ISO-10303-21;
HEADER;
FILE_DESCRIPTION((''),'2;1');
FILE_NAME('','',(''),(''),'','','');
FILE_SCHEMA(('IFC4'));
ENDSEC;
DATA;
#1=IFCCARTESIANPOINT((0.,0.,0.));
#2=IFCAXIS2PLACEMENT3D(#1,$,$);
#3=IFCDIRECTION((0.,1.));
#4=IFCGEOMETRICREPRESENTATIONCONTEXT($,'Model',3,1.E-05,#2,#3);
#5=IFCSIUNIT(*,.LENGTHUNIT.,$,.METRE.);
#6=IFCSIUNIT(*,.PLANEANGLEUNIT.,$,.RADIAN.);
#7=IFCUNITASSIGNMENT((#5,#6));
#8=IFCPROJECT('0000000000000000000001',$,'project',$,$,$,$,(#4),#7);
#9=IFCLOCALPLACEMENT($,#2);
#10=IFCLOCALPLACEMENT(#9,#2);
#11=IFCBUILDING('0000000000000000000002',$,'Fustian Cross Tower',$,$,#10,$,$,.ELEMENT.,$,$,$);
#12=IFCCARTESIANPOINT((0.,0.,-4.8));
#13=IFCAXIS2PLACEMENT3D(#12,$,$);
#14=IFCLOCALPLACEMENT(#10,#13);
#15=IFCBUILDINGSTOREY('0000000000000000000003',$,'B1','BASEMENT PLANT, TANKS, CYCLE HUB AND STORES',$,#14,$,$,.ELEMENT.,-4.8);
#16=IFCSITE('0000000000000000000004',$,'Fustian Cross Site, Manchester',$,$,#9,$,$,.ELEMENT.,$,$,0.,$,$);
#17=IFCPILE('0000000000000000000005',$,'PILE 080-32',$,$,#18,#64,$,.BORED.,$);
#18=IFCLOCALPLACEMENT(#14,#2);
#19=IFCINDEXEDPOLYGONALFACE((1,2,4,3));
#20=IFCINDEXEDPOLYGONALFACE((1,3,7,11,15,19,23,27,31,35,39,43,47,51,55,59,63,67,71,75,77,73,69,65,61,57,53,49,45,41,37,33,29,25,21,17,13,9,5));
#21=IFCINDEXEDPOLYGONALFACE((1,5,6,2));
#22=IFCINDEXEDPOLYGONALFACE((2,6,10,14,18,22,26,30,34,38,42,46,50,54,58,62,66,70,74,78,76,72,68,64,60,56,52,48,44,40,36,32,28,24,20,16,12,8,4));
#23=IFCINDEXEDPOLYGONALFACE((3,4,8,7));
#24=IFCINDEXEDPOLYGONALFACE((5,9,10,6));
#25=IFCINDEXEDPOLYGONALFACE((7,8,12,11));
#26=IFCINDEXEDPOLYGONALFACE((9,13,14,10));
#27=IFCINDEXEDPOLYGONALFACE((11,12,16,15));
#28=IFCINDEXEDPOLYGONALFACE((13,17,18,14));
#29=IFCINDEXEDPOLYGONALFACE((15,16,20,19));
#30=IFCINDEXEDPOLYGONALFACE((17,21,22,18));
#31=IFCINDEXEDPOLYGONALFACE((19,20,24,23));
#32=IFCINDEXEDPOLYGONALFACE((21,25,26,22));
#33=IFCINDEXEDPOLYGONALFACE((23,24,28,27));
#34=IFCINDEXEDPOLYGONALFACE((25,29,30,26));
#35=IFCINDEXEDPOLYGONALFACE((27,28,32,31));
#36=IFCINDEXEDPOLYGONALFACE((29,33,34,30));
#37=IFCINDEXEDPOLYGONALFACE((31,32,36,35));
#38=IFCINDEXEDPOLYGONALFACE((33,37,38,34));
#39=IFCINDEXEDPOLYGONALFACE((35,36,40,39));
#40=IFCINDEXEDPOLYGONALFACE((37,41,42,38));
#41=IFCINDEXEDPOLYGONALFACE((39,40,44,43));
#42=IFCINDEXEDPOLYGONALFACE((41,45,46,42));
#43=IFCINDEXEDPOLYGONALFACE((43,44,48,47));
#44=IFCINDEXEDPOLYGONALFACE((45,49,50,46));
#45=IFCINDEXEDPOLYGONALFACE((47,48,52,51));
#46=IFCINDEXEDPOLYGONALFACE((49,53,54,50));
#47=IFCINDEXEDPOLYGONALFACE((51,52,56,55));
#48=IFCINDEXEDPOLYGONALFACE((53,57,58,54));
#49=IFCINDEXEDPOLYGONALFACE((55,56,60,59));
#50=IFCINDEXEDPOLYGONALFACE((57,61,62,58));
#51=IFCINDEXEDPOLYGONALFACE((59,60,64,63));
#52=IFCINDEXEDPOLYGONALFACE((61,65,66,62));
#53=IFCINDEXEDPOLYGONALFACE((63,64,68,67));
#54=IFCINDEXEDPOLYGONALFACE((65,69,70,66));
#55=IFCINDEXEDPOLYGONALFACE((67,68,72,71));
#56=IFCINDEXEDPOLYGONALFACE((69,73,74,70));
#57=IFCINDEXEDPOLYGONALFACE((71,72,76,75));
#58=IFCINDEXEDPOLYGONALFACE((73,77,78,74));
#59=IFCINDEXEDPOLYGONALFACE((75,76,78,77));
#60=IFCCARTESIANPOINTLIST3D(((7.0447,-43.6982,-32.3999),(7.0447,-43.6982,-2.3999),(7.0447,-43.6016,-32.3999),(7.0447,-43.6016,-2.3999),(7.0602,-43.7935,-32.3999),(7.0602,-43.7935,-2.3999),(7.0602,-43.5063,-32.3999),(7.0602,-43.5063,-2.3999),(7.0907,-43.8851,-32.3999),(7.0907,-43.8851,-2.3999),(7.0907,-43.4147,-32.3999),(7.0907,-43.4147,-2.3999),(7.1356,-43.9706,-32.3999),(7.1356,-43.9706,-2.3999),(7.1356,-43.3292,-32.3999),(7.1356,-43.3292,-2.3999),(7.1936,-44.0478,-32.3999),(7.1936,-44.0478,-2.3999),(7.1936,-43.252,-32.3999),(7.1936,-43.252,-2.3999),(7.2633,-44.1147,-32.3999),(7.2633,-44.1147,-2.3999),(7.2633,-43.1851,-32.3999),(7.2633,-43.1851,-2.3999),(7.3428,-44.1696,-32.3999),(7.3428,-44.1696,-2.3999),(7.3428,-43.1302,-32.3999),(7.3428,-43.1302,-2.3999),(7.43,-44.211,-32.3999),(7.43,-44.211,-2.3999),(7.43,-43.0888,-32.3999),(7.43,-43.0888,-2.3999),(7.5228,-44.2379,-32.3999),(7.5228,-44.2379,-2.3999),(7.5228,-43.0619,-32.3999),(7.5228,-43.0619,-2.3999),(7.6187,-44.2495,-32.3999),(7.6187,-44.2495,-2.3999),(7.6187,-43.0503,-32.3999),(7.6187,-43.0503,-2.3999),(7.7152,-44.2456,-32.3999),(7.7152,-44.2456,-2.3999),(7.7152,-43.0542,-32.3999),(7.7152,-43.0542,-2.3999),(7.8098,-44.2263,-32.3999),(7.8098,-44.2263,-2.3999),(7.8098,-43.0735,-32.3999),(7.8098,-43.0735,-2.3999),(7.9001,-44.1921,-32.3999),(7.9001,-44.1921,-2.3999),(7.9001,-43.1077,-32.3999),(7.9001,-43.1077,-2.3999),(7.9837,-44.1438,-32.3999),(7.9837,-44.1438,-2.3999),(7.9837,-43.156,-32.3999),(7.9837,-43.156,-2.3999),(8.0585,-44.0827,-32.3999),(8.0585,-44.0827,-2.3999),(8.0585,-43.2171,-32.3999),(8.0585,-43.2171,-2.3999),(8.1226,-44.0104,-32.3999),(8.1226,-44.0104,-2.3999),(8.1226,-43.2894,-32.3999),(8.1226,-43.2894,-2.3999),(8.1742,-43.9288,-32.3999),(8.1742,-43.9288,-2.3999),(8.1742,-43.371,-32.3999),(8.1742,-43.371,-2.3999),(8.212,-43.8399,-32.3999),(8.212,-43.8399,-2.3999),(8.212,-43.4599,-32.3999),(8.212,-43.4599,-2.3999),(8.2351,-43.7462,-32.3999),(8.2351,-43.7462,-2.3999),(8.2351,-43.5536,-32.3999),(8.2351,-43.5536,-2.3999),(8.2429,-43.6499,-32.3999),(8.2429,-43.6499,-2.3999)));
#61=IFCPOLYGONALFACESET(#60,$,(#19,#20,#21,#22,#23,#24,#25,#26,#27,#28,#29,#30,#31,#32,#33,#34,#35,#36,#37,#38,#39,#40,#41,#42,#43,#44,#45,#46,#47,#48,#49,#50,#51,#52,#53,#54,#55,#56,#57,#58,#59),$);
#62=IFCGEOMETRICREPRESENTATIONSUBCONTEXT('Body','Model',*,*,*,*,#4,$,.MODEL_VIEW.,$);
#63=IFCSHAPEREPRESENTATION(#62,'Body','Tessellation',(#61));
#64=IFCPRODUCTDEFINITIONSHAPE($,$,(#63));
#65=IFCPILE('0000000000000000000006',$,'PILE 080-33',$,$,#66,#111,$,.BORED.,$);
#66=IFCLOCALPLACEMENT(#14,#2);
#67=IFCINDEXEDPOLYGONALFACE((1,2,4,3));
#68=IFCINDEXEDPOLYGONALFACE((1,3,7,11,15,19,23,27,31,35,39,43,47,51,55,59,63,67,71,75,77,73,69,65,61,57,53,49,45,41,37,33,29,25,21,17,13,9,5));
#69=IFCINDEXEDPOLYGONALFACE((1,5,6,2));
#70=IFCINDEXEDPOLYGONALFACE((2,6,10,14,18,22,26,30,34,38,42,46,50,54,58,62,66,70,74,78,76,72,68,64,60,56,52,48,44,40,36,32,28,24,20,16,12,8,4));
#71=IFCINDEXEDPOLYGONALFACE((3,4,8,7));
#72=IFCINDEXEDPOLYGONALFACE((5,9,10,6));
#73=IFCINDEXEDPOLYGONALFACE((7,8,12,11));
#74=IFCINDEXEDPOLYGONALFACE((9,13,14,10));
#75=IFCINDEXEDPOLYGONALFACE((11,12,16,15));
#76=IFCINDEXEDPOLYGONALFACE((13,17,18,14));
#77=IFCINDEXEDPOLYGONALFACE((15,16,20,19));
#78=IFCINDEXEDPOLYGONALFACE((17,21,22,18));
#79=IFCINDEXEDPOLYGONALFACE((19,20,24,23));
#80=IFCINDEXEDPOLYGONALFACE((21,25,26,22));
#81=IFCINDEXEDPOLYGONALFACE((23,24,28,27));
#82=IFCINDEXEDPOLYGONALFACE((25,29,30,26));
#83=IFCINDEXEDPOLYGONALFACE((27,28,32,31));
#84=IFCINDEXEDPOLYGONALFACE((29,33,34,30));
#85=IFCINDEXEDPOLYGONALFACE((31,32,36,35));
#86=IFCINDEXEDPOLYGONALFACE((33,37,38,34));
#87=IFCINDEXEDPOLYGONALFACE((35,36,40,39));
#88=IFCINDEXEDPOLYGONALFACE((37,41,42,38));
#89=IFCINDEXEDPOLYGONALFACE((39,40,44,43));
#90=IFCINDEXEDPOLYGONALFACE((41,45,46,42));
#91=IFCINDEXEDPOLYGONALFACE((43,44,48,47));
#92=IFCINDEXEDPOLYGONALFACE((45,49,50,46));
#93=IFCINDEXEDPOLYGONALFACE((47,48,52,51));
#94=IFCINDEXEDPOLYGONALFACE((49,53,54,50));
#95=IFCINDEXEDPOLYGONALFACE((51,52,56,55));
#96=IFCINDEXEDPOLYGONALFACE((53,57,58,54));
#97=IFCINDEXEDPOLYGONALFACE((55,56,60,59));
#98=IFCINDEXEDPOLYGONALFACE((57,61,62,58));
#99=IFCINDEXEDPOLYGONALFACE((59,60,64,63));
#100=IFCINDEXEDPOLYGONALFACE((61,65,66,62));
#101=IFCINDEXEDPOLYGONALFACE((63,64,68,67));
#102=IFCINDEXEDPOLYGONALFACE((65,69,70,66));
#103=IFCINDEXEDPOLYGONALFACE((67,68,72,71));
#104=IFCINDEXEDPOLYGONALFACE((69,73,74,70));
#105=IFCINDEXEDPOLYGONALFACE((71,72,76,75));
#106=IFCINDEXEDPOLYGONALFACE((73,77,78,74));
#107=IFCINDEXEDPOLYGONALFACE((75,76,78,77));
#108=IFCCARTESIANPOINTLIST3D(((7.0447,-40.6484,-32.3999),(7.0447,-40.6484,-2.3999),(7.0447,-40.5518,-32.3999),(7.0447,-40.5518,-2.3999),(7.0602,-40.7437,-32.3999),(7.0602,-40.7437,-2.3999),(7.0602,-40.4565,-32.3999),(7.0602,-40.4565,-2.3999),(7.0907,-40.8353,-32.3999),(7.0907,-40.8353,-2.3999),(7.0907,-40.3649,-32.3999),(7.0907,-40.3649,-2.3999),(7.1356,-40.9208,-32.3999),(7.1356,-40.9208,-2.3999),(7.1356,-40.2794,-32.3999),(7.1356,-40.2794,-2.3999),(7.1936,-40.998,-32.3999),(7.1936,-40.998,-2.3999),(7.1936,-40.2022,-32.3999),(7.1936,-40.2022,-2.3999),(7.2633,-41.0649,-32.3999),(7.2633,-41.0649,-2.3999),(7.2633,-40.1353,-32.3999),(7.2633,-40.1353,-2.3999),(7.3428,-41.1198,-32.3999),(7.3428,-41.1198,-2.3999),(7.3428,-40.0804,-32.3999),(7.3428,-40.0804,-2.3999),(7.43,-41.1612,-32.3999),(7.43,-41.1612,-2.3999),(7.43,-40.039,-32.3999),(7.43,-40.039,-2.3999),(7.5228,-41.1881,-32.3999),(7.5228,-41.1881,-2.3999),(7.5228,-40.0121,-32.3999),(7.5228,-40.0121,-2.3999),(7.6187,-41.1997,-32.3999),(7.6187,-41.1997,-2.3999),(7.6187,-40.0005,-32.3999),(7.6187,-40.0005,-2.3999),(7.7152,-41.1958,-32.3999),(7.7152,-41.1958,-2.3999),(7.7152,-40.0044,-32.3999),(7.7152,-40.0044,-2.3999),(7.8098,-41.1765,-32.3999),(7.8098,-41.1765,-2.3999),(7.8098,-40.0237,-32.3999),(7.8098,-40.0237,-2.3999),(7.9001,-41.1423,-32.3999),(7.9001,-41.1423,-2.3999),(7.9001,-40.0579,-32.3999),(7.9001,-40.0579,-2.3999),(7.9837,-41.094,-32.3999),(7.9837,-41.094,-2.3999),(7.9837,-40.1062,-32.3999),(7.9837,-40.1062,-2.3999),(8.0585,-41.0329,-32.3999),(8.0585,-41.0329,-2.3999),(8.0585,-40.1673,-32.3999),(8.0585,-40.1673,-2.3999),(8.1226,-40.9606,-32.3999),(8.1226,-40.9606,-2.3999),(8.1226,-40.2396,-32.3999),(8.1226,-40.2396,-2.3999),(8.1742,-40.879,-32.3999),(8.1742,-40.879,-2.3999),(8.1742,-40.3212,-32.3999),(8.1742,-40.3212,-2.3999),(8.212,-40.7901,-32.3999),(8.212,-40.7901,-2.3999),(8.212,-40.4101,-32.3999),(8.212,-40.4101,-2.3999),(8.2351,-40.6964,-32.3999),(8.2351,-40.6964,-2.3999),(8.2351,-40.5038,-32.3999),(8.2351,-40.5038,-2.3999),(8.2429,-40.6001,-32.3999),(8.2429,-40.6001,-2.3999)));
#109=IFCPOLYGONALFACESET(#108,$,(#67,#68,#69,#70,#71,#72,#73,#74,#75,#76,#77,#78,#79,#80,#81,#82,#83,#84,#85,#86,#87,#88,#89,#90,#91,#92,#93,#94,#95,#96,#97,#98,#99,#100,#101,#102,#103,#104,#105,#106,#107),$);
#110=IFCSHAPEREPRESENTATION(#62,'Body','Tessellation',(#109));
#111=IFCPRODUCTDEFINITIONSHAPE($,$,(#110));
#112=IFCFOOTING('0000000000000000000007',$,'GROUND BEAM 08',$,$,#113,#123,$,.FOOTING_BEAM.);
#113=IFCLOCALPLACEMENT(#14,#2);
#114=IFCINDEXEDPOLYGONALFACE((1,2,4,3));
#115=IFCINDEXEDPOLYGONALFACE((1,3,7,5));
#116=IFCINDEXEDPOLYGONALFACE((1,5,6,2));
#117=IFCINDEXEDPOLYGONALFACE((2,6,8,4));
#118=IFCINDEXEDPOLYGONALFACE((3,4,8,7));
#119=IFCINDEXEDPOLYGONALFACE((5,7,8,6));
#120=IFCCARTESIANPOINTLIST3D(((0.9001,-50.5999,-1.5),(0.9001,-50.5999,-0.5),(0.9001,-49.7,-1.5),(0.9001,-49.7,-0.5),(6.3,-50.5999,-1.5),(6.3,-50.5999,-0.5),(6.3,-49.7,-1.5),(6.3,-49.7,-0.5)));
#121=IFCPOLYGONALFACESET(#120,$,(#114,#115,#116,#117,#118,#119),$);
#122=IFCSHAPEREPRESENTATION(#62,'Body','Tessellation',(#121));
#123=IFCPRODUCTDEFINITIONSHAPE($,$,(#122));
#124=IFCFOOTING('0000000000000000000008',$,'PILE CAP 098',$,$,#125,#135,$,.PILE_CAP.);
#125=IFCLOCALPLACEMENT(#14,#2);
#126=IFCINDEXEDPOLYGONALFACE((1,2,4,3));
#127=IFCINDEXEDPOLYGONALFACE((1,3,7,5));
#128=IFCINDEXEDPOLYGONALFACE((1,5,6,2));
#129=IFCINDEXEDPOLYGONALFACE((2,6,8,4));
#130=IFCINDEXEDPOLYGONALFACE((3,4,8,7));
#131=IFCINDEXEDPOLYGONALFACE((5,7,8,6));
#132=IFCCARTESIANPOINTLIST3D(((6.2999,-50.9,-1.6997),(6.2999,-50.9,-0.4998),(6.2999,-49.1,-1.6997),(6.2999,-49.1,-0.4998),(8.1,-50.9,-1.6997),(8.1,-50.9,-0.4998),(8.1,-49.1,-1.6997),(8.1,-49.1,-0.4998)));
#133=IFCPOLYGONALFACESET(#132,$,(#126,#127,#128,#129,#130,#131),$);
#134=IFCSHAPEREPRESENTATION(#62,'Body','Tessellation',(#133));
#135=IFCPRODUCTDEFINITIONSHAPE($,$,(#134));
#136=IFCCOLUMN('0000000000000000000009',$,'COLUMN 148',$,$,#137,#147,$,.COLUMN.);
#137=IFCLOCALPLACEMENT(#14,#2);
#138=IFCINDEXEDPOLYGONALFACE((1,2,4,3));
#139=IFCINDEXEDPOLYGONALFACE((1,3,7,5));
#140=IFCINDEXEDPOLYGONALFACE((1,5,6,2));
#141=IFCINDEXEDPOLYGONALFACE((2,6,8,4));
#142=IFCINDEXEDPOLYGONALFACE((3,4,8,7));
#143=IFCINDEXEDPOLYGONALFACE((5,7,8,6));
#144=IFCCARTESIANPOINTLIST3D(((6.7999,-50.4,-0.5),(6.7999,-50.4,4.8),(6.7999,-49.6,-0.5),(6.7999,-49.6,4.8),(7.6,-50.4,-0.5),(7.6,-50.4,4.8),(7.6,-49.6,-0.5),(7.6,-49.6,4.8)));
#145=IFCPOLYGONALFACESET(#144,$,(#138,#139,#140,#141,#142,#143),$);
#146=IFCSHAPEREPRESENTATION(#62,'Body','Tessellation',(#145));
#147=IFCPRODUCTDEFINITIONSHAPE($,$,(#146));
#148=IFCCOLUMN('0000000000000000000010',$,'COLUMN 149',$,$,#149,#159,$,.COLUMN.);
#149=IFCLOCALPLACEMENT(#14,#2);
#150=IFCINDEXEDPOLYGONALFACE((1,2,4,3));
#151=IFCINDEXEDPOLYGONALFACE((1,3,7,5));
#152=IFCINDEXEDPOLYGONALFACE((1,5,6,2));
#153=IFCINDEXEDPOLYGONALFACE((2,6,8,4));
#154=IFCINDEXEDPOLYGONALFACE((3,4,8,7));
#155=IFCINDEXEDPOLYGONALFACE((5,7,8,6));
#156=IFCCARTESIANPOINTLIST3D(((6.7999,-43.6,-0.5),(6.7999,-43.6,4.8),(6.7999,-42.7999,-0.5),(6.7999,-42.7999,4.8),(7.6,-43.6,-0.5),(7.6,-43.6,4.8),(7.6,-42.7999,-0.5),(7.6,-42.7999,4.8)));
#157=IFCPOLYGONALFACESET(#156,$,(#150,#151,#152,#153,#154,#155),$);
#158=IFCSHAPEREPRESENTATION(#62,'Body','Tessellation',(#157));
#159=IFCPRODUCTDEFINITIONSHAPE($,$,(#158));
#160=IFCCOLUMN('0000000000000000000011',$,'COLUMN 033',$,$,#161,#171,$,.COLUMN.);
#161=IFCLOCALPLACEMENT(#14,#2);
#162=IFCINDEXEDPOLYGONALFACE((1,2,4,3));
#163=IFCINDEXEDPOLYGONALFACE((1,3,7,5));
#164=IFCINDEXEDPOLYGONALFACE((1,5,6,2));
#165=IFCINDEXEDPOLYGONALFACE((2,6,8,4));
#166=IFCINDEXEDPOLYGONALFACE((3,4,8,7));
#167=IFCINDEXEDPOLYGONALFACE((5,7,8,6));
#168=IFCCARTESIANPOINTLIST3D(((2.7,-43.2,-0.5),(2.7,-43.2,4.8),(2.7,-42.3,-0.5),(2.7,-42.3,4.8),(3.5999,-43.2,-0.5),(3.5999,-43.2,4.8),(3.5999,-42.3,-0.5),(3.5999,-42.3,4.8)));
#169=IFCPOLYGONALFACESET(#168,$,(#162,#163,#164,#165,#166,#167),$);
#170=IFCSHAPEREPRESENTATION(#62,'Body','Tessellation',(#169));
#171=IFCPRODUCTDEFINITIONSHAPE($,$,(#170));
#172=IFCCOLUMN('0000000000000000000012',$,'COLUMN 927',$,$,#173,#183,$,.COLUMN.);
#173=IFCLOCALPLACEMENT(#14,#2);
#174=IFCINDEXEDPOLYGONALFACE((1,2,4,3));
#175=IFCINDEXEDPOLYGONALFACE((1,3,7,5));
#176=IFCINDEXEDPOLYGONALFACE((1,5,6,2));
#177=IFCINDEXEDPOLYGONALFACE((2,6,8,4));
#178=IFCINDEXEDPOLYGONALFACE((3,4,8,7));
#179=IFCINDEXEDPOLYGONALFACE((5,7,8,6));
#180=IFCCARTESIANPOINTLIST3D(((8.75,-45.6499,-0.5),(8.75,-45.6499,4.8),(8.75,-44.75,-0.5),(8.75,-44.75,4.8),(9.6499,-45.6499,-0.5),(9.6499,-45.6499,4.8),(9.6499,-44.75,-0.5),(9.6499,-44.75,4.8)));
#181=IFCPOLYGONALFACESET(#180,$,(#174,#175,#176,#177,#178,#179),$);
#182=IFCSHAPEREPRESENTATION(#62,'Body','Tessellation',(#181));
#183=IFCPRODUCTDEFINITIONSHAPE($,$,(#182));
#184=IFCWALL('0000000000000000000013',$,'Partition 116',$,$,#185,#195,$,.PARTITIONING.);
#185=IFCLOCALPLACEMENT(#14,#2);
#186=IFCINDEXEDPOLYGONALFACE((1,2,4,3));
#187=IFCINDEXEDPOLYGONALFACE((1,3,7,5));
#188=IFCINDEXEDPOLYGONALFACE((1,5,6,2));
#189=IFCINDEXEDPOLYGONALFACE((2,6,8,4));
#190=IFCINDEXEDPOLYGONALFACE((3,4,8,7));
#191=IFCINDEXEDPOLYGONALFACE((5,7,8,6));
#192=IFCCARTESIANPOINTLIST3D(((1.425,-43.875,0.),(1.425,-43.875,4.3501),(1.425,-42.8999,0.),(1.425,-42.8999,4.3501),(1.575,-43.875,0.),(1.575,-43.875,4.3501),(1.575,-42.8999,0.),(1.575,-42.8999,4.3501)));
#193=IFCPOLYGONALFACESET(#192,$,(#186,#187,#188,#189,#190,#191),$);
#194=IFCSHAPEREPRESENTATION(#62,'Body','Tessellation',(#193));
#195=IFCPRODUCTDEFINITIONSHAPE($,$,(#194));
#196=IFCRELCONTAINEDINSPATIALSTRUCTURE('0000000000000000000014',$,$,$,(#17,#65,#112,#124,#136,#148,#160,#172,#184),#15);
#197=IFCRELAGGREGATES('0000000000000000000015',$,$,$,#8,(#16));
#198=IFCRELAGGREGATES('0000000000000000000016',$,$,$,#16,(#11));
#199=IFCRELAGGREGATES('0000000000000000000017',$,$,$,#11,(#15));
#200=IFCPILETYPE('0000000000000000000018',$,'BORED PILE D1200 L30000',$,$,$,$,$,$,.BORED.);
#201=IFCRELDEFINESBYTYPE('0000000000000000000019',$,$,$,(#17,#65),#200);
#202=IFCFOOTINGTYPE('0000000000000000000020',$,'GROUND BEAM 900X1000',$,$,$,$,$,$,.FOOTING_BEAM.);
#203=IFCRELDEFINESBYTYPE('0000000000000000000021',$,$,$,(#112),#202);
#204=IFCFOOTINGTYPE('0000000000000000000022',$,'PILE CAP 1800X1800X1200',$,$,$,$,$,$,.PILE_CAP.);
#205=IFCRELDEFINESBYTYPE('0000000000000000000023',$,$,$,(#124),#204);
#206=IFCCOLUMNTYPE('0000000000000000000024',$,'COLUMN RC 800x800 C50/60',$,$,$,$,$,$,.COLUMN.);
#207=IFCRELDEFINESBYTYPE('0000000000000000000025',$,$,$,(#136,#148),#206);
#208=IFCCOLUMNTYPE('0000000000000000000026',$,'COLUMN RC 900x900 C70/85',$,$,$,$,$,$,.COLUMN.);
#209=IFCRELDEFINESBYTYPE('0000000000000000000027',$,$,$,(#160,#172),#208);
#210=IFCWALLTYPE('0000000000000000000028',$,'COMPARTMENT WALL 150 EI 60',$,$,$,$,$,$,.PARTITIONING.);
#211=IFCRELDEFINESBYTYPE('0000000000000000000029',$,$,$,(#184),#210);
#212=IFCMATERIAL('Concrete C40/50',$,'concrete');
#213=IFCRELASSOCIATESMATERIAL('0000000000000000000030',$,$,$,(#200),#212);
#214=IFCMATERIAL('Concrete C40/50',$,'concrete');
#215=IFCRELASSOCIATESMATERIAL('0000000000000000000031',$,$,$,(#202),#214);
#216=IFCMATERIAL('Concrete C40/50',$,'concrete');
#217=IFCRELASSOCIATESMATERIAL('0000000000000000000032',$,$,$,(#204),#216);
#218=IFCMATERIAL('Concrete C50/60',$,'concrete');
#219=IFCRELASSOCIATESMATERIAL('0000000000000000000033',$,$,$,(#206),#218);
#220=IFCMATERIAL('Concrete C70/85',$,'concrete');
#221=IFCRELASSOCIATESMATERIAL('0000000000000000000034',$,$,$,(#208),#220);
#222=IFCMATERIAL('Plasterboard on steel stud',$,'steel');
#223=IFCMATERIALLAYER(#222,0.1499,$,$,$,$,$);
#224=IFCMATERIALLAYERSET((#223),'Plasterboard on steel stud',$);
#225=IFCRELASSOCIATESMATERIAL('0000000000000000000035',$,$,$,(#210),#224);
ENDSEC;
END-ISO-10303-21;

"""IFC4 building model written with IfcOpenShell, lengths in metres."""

from ifc_helpers import new_model, si_unit, direction, frame, frame_2d, origin, origin_2d, place, context, subcontext, project, spatial, rectangle, circle, extrude, material, layer, layer_set, material_profile, profile_set, type_object, element, save


model = new_model("IFC4")

# Units and contexts
model_context = context("Model", 3, precision=1e-05, world=origin(), true_north=direction((0.0, 1.0)))
body_context = subcontext(model_context, "Body", "Model", "MODEL_VIEW")
ifc_project = project(units=[si_unit("LENGTHUNIT", "METRE"), si_unit("PLANEANGLEUNIT", "RADIAN")], contexts=[model_context])

# Site, building, storey
site_placement = place(None, origin())
site = spatial("IfcSite", under=ifc_project, at=site_placement, Name="Fustian Cross Site, Manchester", CompositionType="ELEMENT", RefElevation=0.0)
building_placement = place(site_placement, origin())
building = spatial("IfcBuilding", under=site, at=building_placement, Name="Fustian Cross Tower", CompositionType="ELEMENT")
storey_placement = place(building_placement, frame((0.0, 0.0, -4.8)))
storey = spatial("IfcBuildingStorey", under=building, at=storey_placement, Name="B1", Description="BASEMENT PLANT, TANKS, CYCLE HUB AND STORES", CompositionType="ELEMENT", Elevation=-4.8)

# Piles
ifc_material_1 = material(Name="Concrete C40/50", Category="concrete")
ifc_material_profile_1 = material_profile(ifc_material_1, circle(Radius=0.6001, at=origin_2d()), Name="BORED PILE D1200 L30000")
ifc_profile_set_1 = profile_set([ifc_material_profile_1], Name="Concrete C40/50")
pile_type_1 = type_object("IfcPileType", Name="BORED PILE D1200 L30000", PredefinedType="BORED", material=ifc_profile_set_1)
for number, where, z_axis, x_axis, name in (
    (1, (7.6428, -43.6499, -2.3999), (0.0, 0.0, -1.0), (1.0, 0.0, 0.0), "PILE 080-32"),
    (2, (7.6428, -40.6001, -2.3999), (0.0, 0.0, -1.0), (1.0, 0.0, 0.0), "PILE 080-33"),
):
    element("IfcPile", number, at=place(storey_placement, frame(where, z_axis=z_axis, x_axis=x_axis)), inside=storey, type_object=pile_type_1, Name=name, PredefinedType="BORED", context=body_context, shape_type="SweptSolid", body=[
        extrude(circle(Radius=0.6001, at=origin_2d()), origin(), (0.0, 0.0, 1.0), 30.0),
    ])

# Footings
ifc_material_2 = material(Name="Concrete C40/50", Category="concrete")
footing_type_1 = type_object("IfcFootingType", Name="GROUND BEAM 900X1000", PredefinedType="FOOTING_BEAM", material=ifc_material_2)
footing_1_placement = place(storey_placement, frame((3.6001, -50.1499, -1.5), z_axis=(0.0, 0.0, 1.0), x_axis=(1.0, 0.0, 0.0)))
element("IfcFooting", 3, at=footing_1_placement, inside=storey, type_object=footing_type_1, Name="GROUND BEAM 08", PredefinedType="FOOTING_BEAM", context=body_context, shape_type="SweptSolid", body=[
    extrude(rectangle(XDim=5.3999, YDim=0.8999, at=origin_2d()), origin(), (0.0, 0.0, 1.0), 1.0),
])
ifc_material_3 = material(Name="Concrete C40/50", Category="concrete")
footing_type_2 = type_object("IfcFootingType", Name="PILE CAP 1800X1800X1200", PredefinedType="PILE_CAP", material=ifc_material_3)
footing_2_placement = place(storey_placement, frame((7.2, -50.0, -1.6997), z_axis=(0.0, 0.0, 1.0), x_axis=(1.0, 0.0, 0.0)))
element("IfcFooting", 4, at=footing_2_placement, inside=storey, type_object=footing_type_2, Name="PILE CAP 098", PredefinedType="PILE_CAP", context=body_context, shape_type="SweptSolid", body=[
    extrude(rectangle(XDim=1.8, YDim=1.8, at=origin_2d()), origin(), (0.0, 0.0, 1.0), 1.2),
])

# Columns
ifc_material_4 = material(Name="Concrete C50/60", Category="concrete")
ifc_material_profile_2 = material_profile(ifc_material_4, rectangle(XDim=0.8, YDim=0.8, at=origin_2d()), Name="RC 800x800")
ifc_profile_set_2 = profile_set([ifc_material_profile_2], Name="Concrete C50/60")
column_type_1 = type_object("IfcColumnType", Name="COLUMN RC 800x800 C50/60", PredefinedType="COLUMN", material=ifc_profile_set_2)
for number, where, z_axis, x_axis, name in (
    (5, (7.2, -50.0, -0.5), (0.0, 0.0, 1.0), (1.0, 0.0, 0.0), "COLUMN 148"),
    (6, (7.2, -43.2, -0.5), (0.0, 0.0, 1.0), (1.0, 0.0, 0.0), "COLUMN 149"),
):
    element("IfcColumn", number, at=place(storey_placement, frame(where, z_axis=z_axis, x_axis=x_axis)), inside=storey, type_object=column_type_1, Name=name, PredefinedType="COLUMN", context=body_context, shape_type="SweptSolid", body=[
        extrude(rectangle(XDim=0.8, YDim=0.8, at=origin_2d()), origin(), (0.0, 0.0, 1.0), 5.3),
    ])
ifc_material_5 = material(Name="Concrete C70/85", Category="concrete")
ifc_material_profile_3 = material_profile(ifc_material_5, rectangle(XDim=0.8999, YDim=0.8999, at=origin_2d()), Name="RC 900x900")
ifc_profile_set_3 = profile_set([ifc_material_profile_3], Name="Concrete C70/85")
column_type_2 = type_object("IfcColumnType", Name="COLUMN RC 900x900 C70/85", PredefinedType="COLUMN", material=ifc_profile_set_3)
for number, where, z_axis, x_axis, name in (
    (7, (3.1499, -42.75, -0.5), (0.0, 0.0, 1.0), (1.0, 0.0, 0.0), "COLUMN 033"),
    (8, (9.2, -45.2, -0.5), (0.0, 0.0, 1.0), (1.0, 0.0, 0.0), "COLUMN 927"),
):
    element("IfcColumn", number, at=place(storey_placement, frame(where, z_axis=z_axis, x_axis=x_axis)), inside=storey, type_object=column_type_2, Name=name, PredefinedType="COLUMN", context=body_context, shape_type="SweptSolid", body=[
        extrude(rectangle(XDim=0.8999, YDim=0.8999, at=origin_2d()), origin(), (0.0, 0.0, 1.0), 5.3),
    ])

# Wall
ifc_material_6 = material(Name="Plasterboard on steel stud", Category="steel")
ifc_layer = layer(ifc_material_6, 0.1499)
ifc_layer_set = layer_set([ifc_layer], Name="Plasterboard on steel stud")
wall_type = type_object("IfcWallType", Name="COMPARTMENT WALL 150 EI 60", PredefinedType="PARTITIONING", material=ifc_layer_set)
wall_1_placement = place(storey_placement, frame((1.5, -43.875, 0.0), z_axis=(0.0, 0.0, 1.0), x_axis=(0.0, 1.0, 0.0)))
element("IfcWall", 9, at=wall_1_placement, inside=storey, type_object=wall_type, Name="Partition 116", PredefinedType="PARTITIONING", context=body_context, shape_type="SweptSolid", body=[
    extrude(rectangle(XDim=0.9751, YDim=0.1499, at=frame_2d((0.4875, 0.0))), origin(), (0.0, 0.0, 1.0), 4.3501),
])

save(model, "model.ifc")
